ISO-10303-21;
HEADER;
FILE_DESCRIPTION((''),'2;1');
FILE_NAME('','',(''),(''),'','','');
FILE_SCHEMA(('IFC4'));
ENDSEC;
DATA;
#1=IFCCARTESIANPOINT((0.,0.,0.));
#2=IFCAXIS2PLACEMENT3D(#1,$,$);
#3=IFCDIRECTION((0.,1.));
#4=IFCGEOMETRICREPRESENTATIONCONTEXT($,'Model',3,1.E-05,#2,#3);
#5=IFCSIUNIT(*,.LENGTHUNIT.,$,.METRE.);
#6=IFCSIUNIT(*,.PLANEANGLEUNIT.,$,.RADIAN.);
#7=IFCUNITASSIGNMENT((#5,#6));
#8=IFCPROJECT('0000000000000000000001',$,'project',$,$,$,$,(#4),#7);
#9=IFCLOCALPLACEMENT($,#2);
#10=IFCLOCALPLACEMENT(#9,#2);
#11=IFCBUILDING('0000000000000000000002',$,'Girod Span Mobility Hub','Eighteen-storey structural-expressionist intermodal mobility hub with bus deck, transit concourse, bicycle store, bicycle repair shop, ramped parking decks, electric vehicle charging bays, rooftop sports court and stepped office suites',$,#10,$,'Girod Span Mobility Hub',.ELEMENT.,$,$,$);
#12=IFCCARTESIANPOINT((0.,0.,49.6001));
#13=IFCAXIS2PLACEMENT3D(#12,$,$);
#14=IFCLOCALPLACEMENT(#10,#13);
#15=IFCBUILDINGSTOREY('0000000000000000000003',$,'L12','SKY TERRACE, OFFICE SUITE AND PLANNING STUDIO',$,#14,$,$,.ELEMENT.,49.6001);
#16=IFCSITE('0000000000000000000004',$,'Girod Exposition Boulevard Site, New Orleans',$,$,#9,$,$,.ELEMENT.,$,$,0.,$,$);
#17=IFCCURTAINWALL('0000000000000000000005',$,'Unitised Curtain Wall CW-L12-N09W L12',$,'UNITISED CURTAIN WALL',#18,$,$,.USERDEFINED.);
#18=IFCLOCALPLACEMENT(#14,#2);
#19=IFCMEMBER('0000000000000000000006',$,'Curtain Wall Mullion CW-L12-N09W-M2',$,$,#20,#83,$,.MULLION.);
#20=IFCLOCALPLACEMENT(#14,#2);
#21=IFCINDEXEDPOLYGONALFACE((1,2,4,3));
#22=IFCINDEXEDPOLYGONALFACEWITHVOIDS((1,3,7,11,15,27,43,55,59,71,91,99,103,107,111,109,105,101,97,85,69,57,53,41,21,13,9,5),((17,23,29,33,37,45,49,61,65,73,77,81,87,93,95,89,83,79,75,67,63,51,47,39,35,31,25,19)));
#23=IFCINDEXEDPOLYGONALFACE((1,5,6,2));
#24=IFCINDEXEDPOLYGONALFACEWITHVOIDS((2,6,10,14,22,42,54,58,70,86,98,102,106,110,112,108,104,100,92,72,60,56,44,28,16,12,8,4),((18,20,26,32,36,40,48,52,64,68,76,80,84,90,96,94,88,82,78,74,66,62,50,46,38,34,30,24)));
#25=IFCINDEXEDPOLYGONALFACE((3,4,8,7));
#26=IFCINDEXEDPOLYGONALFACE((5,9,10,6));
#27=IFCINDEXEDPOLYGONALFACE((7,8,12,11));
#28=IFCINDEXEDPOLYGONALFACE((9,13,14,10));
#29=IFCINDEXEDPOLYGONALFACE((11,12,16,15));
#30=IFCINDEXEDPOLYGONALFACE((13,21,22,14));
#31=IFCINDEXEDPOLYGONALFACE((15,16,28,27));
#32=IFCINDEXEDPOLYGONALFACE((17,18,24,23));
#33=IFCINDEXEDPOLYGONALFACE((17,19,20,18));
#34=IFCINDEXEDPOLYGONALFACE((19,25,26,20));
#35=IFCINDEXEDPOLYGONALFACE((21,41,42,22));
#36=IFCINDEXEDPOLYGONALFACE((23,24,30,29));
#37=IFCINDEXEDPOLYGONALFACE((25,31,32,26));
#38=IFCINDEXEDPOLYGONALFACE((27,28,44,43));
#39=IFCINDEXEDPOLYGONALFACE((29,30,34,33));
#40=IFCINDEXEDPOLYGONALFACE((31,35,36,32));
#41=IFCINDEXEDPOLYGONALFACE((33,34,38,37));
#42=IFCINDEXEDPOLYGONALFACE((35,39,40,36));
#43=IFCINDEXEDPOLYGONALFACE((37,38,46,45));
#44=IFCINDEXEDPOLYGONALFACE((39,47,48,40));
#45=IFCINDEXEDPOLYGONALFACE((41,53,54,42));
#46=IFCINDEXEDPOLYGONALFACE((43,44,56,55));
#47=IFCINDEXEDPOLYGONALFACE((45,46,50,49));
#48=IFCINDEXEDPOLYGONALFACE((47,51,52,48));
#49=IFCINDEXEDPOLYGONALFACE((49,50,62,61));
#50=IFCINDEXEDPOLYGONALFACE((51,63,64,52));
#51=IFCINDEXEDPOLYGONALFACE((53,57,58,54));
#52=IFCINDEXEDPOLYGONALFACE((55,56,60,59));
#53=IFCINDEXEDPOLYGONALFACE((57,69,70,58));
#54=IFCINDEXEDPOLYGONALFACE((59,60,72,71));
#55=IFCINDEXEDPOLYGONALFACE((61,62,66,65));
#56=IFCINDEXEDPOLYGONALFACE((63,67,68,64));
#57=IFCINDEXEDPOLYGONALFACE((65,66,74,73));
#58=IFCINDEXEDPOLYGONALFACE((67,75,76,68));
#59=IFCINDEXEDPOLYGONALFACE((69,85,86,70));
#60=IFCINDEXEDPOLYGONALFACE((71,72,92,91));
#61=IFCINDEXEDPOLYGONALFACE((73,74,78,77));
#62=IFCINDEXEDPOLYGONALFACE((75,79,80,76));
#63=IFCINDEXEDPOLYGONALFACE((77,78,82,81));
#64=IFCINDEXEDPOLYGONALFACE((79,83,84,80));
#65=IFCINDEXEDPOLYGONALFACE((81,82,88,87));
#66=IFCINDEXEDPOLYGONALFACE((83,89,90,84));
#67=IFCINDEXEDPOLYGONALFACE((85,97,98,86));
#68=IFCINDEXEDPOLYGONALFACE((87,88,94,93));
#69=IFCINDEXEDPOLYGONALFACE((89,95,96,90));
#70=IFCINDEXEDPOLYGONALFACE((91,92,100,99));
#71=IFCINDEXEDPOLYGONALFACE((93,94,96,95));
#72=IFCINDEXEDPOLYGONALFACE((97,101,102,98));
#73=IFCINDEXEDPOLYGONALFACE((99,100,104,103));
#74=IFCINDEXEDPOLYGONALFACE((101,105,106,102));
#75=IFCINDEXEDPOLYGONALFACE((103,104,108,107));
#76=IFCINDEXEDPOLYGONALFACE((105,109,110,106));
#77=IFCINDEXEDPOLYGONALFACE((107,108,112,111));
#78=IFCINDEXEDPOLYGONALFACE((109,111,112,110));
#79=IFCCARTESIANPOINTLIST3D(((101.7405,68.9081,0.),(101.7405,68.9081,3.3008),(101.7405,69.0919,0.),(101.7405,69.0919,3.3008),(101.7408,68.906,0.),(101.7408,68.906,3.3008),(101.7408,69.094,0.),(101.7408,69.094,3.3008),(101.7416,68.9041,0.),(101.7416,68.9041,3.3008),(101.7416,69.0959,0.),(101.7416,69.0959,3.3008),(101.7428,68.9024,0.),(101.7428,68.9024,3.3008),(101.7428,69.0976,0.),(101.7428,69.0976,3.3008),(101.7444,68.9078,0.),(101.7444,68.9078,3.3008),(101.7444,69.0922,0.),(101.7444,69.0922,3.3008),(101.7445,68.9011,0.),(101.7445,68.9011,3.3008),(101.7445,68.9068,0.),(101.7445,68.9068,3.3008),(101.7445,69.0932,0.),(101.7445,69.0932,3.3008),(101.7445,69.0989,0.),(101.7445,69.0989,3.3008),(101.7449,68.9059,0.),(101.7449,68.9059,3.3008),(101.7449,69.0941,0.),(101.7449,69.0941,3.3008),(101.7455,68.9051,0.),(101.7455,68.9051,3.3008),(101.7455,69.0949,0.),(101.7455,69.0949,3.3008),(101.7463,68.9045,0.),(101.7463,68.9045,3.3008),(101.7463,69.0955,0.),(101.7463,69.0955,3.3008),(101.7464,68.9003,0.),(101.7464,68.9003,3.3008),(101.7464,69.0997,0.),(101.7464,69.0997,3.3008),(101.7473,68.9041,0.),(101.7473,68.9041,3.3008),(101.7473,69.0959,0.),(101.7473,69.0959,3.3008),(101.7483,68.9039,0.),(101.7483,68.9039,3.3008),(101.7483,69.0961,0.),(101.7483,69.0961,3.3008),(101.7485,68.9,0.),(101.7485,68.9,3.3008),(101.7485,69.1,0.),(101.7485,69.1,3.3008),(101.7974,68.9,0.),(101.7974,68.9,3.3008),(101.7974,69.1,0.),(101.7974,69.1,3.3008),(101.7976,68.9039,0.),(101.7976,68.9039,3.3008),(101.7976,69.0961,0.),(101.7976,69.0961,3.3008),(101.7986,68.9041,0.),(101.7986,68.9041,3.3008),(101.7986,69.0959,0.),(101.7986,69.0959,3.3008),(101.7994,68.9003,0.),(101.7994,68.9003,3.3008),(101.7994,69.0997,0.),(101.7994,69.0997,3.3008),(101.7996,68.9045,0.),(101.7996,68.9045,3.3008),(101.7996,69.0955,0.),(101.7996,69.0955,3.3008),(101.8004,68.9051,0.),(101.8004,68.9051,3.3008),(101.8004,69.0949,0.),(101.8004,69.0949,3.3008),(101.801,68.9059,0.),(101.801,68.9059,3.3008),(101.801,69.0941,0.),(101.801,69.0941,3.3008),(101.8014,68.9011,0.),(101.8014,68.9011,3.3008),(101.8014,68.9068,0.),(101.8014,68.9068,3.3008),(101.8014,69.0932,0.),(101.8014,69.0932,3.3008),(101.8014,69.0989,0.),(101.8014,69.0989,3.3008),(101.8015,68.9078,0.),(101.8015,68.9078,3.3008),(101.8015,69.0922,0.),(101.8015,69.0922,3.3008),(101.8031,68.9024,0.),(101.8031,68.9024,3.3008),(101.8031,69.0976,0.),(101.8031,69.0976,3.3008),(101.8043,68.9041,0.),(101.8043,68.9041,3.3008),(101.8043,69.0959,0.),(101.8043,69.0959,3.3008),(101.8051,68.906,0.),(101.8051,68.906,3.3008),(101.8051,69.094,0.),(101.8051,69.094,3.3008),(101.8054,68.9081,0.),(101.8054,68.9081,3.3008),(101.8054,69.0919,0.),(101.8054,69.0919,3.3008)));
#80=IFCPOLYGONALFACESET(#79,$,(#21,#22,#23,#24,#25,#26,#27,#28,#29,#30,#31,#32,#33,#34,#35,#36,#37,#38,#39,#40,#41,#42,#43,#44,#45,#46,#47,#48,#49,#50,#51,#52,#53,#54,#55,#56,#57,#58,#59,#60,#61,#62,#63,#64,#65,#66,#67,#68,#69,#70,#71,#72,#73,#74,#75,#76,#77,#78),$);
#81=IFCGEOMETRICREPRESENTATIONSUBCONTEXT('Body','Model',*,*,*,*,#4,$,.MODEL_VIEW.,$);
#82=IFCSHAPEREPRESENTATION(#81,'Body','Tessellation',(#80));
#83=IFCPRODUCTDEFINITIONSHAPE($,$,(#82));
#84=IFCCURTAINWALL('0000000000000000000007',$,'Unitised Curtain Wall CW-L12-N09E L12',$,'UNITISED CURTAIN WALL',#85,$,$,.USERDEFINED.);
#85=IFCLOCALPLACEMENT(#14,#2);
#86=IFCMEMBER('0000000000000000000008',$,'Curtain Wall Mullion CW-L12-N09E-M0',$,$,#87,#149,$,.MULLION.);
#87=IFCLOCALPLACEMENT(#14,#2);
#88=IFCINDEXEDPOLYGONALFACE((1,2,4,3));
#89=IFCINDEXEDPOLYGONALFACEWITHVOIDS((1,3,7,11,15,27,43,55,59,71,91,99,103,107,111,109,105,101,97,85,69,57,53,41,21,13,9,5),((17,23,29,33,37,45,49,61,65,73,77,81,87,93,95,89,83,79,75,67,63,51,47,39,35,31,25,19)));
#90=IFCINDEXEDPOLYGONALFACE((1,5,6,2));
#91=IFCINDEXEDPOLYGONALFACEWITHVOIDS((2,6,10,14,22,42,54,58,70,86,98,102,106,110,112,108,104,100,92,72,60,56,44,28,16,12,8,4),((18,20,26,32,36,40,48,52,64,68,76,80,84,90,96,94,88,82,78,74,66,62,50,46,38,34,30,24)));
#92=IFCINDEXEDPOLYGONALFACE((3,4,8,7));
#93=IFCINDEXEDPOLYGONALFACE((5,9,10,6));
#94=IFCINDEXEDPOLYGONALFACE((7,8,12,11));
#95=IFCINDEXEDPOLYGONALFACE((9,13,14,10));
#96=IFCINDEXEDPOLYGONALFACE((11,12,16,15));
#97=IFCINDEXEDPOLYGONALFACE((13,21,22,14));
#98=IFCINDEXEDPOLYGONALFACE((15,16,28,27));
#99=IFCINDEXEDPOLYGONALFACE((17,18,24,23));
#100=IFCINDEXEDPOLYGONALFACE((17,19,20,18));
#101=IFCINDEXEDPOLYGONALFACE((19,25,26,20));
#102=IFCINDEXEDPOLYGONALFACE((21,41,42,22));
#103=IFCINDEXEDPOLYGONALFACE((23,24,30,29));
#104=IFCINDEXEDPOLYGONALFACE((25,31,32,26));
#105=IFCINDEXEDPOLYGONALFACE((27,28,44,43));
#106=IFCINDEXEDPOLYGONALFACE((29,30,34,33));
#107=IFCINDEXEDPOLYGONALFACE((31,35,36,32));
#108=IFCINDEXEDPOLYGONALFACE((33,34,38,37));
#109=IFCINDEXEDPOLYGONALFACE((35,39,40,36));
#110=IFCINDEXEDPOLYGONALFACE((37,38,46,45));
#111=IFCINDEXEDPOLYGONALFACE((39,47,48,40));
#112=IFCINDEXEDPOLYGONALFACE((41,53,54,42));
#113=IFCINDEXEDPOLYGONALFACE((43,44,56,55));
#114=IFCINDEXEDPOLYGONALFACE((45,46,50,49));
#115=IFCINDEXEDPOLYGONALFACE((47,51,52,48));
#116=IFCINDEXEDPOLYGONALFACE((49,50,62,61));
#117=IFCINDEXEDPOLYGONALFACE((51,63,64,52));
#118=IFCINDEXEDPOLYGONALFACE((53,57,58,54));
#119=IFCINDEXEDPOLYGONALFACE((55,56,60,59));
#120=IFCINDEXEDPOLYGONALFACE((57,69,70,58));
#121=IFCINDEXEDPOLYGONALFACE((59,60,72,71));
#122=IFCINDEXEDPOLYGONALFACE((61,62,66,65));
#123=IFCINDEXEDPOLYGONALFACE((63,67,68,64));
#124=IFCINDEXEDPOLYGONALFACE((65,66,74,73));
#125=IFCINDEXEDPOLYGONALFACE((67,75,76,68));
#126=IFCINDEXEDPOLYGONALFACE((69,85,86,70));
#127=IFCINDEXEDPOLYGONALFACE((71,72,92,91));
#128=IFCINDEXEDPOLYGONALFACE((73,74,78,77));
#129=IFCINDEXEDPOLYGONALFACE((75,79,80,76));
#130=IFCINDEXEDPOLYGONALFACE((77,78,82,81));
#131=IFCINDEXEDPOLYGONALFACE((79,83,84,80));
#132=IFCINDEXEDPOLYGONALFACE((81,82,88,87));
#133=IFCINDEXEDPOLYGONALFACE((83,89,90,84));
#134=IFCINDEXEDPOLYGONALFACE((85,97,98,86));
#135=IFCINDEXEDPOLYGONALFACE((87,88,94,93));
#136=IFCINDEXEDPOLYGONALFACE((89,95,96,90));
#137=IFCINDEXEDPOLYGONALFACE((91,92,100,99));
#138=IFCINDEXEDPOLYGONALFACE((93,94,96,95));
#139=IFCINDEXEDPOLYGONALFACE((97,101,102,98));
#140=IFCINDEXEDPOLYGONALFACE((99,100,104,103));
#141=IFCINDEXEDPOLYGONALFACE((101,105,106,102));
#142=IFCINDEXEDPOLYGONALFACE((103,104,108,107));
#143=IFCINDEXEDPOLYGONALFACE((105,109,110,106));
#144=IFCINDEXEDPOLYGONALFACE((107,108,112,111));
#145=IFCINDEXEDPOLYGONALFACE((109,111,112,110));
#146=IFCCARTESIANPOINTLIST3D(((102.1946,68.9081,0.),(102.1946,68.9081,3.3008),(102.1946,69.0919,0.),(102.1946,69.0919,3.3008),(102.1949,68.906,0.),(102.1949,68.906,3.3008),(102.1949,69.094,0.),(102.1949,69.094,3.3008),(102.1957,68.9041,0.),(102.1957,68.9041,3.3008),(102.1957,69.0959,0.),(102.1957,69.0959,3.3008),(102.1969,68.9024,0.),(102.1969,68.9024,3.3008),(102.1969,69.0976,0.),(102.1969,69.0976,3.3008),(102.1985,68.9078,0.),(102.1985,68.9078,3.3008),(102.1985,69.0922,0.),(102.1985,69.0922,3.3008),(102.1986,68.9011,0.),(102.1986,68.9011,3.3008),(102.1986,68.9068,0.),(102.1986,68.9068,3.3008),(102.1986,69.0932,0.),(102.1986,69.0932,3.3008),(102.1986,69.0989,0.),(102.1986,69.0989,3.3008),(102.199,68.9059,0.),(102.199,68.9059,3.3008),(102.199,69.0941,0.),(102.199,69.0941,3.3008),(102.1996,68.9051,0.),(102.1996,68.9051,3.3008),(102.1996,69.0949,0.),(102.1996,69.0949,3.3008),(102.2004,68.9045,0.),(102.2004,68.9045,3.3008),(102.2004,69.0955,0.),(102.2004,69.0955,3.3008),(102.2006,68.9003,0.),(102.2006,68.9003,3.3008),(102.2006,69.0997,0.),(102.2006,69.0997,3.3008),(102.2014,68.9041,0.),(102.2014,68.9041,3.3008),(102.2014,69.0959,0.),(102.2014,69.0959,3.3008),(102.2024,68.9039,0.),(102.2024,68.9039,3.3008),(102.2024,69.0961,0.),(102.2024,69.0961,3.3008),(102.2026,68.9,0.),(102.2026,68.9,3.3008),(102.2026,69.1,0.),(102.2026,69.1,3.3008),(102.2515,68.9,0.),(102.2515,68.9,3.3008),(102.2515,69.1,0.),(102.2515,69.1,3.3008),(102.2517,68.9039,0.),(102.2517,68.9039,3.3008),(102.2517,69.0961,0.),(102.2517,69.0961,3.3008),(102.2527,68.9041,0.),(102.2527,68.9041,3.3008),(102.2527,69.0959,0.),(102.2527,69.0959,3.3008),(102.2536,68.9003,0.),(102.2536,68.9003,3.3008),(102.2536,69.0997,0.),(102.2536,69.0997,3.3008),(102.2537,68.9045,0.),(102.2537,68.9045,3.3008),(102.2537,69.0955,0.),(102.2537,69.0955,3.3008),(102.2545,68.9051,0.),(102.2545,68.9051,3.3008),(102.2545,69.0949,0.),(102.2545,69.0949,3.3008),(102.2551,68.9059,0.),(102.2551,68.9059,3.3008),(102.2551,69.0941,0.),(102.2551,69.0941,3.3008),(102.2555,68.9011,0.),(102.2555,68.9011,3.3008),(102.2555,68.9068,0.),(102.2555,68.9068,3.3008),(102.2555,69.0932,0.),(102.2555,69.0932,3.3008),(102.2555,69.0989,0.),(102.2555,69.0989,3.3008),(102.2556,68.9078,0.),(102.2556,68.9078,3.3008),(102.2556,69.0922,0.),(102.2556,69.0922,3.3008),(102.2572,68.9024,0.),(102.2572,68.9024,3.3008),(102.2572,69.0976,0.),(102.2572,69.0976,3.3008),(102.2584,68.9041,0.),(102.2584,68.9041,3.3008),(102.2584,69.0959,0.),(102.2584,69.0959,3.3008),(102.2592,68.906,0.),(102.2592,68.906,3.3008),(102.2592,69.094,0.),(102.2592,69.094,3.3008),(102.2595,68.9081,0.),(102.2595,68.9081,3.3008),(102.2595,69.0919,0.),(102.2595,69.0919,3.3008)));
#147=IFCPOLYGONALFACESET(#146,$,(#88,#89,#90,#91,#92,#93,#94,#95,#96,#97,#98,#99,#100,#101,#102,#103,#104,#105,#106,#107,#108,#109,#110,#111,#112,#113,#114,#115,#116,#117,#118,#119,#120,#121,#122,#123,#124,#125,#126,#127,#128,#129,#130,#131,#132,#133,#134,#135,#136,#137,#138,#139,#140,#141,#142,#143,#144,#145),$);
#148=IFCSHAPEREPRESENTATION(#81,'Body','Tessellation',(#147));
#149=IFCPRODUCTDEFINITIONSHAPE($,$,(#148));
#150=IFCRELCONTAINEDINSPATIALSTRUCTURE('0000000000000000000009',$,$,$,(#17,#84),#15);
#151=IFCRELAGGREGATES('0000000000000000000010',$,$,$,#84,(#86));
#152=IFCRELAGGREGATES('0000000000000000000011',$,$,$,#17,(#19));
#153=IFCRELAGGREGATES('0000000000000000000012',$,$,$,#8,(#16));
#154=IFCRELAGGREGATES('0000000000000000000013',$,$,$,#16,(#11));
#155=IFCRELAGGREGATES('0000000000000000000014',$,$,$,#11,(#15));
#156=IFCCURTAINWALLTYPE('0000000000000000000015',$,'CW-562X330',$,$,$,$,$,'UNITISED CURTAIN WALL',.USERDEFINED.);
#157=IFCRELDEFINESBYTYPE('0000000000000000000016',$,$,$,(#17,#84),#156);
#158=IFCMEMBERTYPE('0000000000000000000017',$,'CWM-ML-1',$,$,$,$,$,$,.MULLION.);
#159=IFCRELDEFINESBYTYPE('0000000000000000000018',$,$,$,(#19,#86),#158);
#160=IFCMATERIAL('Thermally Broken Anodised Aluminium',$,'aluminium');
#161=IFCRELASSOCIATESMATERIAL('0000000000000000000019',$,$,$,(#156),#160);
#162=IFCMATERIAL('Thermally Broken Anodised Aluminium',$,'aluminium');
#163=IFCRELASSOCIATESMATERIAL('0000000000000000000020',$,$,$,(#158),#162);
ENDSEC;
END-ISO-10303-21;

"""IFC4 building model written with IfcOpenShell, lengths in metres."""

from ifc_helpers import new_model, si_unit, direction, frame, origin, origin_2d, place, context, subcontext, project, spatial, hollow_rectangle, extrude, material, material_profile, profile_set, type_object, element, aggregate, save


model = new_model("IFC4")

# Units and contexts
model_context = context("Model", 3, precision=1e-05, world=origin(), true_north=direction((0.0, 1.0)))
body_context = subcontext(model_context, "Body", "Model", "MODEL_VIEW")
ifc_project = project(units=[si_unit("LENGTHUNIT", "METRE"), si_unit("PLANEANGLEUNIT", "RADIAN")], contexts=[model_context])

# Site, building, storey
site_placement = place(None, origin())
site = spatial("IfcSite", under=ifc_project, at=site_placement, Name="Girod Exposition Boulevard Site, New Orleans", CompositionType="ELEMENT", RefElevation=0.0)
building_placement = place(site_placement, origin())
building = spatial("IfcBuilding", under=site, at=building_placement, Name="Girod Span Mobility Hub", Description="Eighteen-storey structural-expressionist intermodal mobility hub with bus deck, transit concourse, bicycle store, bicycle repair shop, ramped parking decks, electric vehicle charging bays, rooftop sports court and stepped office suites", LongName="Girod Span Mobility Hub", CompositionType="ELEMENT")
storey_placement = place(building_placement, frame((0.0, 0.0, 49.6001)))
storey = spatial("IfcBuildingStorey", under=building, at=storey_placement, Name="L12", Description="SKY TERRACE, OFFICE SUITE AND PLANNING STUDIO", CompositionType="ELEMENT", Elevation=49.6001)

# Curtain wall, member
ifc_material_1 = material(Name="Thermally Broken Anodised Aluminium", Category="aluminium")
curtain_wall_type = type_object("IfcCurtainWallType", Name="CW-562X330", ElementType="UNITISED CURTAIN WALL", PredefinedType="USERDEFINED", material=ifc_material_1)
ifc_material_2 = material(Name="Thermally Broken Anodised Aluminium", Category="aluminium")
ifc_material_profile_1 = material_profile(ifc_material_2, hollow_rectangle(XDim=0.2, YDim=0.0649, WallThickness=0.0039, InnerFilletRadius=0.0039, OuterFilletRadius=0.0081, at=origin_2d()), Name="CW-ML-65X200")
ifc_profile_set_1 = profile_set([ifc_material_profile_1], Name="Thermally Broken Anodised Aluminium")
member_type_1 = type_object("IfcMemberType", Name="CWM-ML-1", PredefinedType="MULLION", material=ifc_profile_set_1)
curtain_wall_1_placement = place(storey_placement, origin())
curtain_wall_1 = element("IfcCurtainWall", 1, at=curtain_wall_1_placement, inside=storey, type_object=curtain_wall_type, Name="Unitised Curtain Wall CW-L12-N09W L12", ObjectType="UNITISED CURTAIN WALL", PredefinedType="USERDEFINED")
member_1_placement = place(storey_placement, frame((101.7729, 69.0, 0.0), z_axis=(0.0, 0.0, 1.0), x_axis=(0.0, 1.0, 0.0)))
member_1 = element("IfcMember", 2, at=member_1_placement, type_object=member_type_1, Name="Curtain Wall Mullion CW-L12-N09W-M2", PredefinedType="MULLION", context=body_context, shape_type="SweptSolid", body=[
    extrude(hollow_rectangle(XDim=0.2, YDim=0.0649, WallThickness=0.0039, InnerFilletRadius=0.0039, OuterFilletRadius=0.0081, at=origin_2d()), origin(), (0.0, 0.0, 1.0), 3.3008),
])

# Curtain wall, member
curtain_wall_2_placement = place(storey_placement, origin())
curtain_wall_2 = element("IfcCurtainWall", 3, at=curtain_wall_2_placement, inside=storey, type_object=curtain_wall_type, Name="Unitised Curtain Wall CW-L12-N09E L12", ObjectType="UNITISED CURTAIN WALL", PredefinedType="USERDEFINED")
member_2_placement = place(storey_placement, frame((102.2271, 69.0, 0.0), z_axis=(0.0, 0.0, 1.0), x_axis=(0.0, 1.0, 0.0)))
member_2 = element("IfcMember", 4, at=member_2_placement, type_object=member_type_1, Name="Curtain Wall Mullion CW-L12-N09E-M0", PredefinedType="MULLION", context=body_context, shape_type="SweptSolid", body=[
    extrude(hollow_rectangle(XDim=0.2, YDim=0.0649, WallThickness=0.0039, InnerFilletRadius=0.0039, OuterFilletRadius=0.0081, at=origin_2d()), origin(), (0.0, 0.0, 1.0), 3.3008),
])

aggregate(curtain_wall_2, [member_2])

aggregate(curtain_wall_1, [member_1])

save(model, "model.ifc")
